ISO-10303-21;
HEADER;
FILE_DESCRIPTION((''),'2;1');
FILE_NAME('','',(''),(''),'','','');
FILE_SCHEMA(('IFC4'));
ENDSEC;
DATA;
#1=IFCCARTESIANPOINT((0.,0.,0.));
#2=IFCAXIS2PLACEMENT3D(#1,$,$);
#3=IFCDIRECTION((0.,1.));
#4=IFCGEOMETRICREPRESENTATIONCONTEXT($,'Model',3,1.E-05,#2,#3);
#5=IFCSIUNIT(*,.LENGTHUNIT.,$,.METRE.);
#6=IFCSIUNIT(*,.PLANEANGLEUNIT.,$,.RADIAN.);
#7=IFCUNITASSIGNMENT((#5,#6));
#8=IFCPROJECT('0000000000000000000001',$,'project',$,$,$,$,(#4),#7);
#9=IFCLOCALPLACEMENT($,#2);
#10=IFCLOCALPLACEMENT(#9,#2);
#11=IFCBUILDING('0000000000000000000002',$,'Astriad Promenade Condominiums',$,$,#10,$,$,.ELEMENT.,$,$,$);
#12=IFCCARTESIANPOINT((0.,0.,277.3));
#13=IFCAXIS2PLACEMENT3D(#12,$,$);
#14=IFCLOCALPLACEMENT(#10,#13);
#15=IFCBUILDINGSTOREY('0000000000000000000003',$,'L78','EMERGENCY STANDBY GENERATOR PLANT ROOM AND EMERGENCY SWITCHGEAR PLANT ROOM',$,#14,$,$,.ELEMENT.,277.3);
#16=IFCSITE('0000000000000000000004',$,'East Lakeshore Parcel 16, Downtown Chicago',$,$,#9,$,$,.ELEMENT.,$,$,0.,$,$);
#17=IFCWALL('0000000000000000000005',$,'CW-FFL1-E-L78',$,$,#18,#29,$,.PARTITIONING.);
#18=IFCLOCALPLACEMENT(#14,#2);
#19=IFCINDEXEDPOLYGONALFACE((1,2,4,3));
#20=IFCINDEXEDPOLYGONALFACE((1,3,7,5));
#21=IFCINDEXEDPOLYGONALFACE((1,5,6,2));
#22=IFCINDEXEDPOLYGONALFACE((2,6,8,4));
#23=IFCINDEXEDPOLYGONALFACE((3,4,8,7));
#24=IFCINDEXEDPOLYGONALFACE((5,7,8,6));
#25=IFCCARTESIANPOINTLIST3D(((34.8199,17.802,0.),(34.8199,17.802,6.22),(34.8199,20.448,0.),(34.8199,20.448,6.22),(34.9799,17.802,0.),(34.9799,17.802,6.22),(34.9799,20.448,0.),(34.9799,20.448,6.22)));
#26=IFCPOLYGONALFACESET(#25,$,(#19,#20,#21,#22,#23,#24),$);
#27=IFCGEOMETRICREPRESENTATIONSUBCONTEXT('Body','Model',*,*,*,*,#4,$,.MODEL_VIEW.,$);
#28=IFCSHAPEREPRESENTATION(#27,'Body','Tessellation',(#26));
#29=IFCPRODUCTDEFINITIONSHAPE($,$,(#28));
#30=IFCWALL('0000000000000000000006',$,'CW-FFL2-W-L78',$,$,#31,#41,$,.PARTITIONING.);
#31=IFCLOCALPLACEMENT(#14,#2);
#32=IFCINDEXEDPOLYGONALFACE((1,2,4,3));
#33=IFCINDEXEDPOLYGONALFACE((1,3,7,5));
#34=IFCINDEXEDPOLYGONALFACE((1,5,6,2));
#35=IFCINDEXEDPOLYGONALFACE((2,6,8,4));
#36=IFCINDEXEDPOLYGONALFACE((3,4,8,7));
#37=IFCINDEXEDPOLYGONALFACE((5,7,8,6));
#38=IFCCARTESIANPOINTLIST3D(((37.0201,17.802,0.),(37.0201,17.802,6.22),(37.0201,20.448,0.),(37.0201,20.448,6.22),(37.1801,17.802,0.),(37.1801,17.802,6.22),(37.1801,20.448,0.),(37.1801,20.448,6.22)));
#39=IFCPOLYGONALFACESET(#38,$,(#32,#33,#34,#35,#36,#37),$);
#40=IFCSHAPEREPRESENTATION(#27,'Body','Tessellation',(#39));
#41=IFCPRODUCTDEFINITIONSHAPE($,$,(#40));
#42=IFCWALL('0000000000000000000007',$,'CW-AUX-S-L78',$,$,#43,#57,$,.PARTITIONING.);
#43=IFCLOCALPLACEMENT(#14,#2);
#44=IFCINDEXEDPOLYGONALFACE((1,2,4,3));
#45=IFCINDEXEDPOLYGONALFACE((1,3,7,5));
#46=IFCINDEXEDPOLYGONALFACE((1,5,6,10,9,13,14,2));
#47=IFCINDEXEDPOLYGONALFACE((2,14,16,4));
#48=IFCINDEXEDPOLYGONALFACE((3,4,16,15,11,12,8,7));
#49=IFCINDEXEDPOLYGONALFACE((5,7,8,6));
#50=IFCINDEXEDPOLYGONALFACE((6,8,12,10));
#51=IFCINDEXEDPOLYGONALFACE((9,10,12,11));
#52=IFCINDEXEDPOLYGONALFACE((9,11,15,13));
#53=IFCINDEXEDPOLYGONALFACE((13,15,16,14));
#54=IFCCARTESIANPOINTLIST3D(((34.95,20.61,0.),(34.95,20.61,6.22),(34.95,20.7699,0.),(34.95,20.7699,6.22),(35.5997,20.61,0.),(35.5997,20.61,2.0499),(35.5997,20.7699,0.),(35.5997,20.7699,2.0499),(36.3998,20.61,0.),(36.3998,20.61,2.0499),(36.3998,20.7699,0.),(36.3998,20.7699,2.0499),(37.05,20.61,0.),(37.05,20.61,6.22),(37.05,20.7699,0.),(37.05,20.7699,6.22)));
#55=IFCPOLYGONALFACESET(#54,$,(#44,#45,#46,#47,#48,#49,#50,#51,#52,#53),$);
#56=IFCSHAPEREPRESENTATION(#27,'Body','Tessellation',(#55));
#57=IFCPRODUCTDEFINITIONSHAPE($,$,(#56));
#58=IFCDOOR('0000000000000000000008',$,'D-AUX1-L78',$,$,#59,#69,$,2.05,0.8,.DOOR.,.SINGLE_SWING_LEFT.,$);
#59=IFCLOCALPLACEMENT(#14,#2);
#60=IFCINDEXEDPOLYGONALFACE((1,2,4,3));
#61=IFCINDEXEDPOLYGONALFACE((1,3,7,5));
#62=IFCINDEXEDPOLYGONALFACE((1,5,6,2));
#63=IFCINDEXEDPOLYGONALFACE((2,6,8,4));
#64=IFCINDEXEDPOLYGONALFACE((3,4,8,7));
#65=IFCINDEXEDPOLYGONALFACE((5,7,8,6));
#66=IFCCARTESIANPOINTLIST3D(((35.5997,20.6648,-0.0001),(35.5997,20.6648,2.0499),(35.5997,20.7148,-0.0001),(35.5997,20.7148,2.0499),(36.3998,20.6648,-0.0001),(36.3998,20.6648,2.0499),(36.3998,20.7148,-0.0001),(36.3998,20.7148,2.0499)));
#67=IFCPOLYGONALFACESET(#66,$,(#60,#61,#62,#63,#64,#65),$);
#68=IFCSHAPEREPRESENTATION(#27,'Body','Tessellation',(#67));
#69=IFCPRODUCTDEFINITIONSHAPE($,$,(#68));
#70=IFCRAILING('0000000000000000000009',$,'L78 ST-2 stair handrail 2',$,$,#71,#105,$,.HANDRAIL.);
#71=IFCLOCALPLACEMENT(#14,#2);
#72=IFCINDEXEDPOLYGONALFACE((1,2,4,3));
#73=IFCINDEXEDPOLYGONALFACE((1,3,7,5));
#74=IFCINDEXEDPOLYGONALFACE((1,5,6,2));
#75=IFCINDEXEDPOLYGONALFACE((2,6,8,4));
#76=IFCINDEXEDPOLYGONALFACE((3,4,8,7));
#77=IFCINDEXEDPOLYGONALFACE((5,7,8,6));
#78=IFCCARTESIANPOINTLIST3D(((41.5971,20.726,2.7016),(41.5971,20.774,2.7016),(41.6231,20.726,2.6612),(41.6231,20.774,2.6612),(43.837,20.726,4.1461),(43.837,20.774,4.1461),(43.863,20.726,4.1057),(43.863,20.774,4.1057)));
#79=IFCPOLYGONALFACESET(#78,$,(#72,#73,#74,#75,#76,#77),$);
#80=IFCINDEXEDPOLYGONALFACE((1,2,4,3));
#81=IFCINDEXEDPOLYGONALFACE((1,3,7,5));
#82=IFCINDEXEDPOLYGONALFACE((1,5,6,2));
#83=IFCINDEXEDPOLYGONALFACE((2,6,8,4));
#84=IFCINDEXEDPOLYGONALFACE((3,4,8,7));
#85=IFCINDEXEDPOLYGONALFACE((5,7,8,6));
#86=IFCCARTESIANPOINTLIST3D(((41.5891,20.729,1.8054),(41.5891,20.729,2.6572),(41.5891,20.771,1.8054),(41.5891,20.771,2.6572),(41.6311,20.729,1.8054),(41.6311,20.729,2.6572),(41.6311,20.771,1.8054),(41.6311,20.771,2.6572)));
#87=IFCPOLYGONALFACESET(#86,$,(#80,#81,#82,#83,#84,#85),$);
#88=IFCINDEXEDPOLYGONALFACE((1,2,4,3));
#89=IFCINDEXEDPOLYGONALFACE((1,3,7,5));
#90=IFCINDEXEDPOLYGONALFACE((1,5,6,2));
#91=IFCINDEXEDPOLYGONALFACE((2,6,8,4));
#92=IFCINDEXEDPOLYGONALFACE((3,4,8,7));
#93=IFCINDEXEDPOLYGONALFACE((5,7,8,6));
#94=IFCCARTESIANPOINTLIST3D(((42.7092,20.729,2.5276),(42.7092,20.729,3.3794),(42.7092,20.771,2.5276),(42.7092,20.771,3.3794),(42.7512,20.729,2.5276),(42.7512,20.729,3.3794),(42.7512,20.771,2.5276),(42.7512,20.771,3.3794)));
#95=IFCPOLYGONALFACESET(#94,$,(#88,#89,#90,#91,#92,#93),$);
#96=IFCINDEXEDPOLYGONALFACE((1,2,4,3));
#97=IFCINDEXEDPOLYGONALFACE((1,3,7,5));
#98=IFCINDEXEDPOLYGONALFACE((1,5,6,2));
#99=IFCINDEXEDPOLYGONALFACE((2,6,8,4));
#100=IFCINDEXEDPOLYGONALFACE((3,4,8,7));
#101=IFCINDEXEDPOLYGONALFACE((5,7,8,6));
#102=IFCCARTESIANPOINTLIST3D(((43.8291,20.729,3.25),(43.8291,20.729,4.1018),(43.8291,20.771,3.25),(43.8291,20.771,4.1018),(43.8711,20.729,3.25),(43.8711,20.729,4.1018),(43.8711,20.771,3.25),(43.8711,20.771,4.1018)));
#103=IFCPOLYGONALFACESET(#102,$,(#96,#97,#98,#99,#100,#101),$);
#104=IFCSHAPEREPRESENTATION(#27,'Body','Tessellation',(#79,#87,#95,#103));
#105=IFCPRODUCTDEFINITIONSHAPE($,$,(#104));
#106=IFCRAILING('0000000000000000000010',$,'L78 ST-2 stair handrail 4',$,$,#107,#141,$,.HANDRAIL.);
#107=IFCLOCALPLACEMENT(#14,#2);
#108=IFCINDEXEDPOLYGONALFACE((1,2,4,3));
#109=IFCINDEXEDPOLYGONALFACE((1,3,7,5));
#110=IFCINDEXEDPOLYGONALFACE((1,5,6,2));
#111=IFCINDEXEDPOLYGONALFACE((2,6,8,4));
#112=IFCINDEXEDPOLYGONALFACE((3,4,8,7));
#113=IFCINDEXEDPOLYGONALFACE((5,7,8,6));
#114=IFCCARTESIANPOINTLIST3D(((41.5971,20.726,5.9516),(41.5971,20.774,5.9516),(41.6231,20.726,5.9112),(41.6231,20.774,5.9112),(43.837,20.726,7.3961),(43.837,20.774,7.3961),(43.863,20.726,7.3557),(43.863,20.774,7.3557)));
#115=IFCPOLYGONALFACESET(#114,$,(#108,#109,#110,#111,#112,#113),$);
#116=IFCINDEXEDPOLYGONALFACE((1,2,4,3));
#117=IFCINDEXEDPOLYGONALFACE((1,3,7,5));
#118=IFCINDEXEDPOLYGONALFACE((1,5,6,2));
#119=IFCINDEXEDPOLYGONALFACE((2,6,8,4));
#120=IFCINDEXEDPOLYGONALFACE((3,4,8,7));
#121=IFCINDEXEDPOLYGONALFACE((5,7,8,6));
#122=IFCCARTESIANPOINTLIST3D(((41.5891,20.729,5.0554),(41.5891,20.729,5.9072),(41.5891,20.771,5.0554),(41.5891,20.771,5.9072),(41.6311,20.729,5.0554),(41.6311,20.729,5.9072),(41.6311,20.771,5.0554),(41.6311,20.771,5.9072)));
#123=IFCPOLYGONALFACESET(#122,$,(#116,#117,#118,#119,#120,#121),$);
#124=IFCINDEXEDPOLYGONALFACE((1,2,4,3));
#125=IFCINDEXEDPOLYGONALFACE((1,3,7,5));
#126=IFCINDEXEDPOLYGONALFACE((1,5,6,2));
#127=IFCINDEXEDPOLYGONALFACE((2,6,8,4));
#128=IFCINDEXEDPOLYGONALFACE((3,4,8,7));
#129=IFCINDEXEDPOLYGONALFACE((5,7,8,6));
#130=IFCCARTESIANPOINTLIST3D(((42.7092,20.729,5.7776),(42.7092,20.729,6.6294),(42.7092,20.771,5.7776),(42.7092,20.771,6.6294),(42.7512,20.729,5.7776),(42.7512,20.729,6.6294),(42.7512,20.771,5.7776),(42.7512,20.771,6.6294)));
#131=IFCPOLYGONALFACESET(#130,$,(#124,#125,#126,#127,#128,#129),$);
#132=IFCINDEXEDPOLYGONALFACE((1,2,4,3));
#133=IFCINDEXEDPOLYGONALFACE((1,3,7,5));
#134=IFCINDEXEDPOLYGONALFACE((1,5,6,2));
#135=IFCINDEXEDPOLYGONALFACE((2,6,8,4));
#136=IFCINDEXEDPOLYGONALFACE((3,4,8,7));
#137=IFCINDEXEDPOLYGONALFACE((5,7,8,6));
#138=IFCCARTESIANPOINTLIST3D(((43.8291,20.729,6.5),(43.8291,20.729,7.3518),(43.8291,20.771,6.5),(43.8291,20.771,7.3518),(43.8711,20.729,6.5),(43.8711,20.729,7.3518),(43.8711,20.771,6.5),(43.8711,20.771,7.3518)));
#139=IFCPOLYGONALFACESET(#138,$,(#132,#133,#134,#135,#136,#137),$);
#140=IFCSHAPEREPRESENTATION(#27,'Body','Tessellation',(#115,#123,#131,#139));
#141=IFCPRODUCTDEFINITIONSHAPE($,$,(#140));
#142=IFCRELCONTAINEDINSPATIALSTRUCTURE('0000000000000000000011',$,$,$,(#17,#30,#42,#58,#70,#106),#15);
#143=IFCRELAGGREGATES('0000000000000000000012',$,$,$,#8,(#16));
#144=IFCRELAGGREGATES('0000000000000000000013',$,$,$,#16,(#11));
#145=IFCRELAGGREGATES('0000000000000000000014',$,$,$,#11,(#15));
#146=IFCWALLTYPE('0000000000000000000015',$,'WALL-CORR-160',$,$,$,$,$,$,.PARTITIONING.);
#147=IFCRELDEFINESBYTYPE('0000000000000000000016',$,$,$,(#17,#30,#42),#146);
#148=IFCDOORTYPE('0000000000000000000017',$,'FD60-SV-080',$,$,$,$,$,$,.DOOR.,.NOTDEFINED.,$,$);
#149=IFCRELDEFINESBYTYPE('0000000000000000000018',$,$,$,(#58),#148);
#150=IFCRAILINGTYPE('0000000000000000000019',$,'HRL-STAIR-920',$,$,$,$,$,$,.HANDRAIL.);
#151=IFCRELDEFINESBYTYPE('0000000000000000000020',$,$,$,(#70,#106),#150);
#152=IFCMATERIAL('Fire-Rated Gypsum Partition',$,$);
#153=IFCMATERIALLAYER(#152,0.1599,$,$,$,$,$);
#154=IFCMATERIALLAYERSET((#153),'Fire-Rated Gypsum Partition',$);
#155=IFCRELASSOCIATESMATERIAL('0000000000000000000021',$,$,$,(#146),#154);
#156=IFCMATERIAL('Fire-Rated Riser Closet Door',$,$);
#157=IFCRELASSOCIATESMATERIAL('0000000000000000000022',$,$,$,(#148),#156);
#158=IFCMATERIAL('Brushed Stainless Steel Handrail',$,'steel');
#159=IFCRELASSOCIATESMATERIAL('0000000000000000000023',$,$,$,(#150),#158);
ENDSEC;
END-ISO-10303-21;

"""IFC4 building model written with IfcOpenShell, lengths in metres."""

from ifc_helpers import new_model, si_unit, direction, frame, frame_2d, origin, origin_2d, place, context, subcontext, project, spatial, rectangle, extrude, source, transform, mapped, material, layer, layer_set, type_object, type_shapes, element, fill, save


model = new_model("IFC4")

# Units and contexts
model_context = context("Model", 3, precision=1e-05, world=origin(), true_north=direction((0.0, 1.0)))
body_context = subcontext(model_context, "Body", "Model", "MODEL_VIEW")
ifc_project = project(units=[si_unit("LENGTHUNIT", "METRE"), si_unit("PLANEANGLEUNIT", "RADIAN")], contexts=[model_context])

# Site, building, storey
site_placement = place(None, origin())
site = spatial("IfcSite", under=ifc_project, at=site_placement, Name="East Lakeshore Parcel 16, Downtown Chicago", CompositionType="ELEMENT", RefElevation=0.0)
building_placement = place(site_placement, origin())
building = spatial("IfcBuilding", under=site, at=building_placement, Name="Astriad Promenade Condominiums", CompositionType="ELEMENT")
storey_placement = place(building_placement, frame((0.0, 0.0, 277.3)))
storey = spatial("IfcBuildingStorey", under=building, at=storey_placement, Name="L78", Description="EMERGENCY STANDBY GENERATOR PLANT ROOM AND EMERGENCY SWITCHGEAR PLANT ROOM", CompositionType="ELEMENT", Elevation=277.3)

# Walls
ifc_material_1 = material(Name="Fire-Rated Gypsum Partition")
ifc_layer_1 = layer(ifc_material_1, 0.1599)
ifc_layer_set_1 = layer_set([ifc_layer_1], Name="Fire-Rated Gypsum Partition")
wall_type_1 = type_object("IfcWallType", Name="WALL-CORR-160", PredefinedType="PARTITIONING", material=ifc_layer_set_1)
for number, where, z_axis, x_axis, name in (
    (1, (34.8999, 17.802, 0.0), (0.0, 0.0, 1.0), (0.0, 1.0, 0.0), "CW-FFL1-E-L78"),
    (2, (37.1001, 17.802, 0.0), (0.0, 0.0, 1.0), (0.0, 1.0, 0.0), "CW-FFL2-W-L78"),
):
    element("IfcWall", number, at=place(storey_placement, frame(where, z_axis=z_axis, x_axis=x_axis)), inside=storey, type_object=wall_type_1, Name=name, PredefinedType="PARTITIONING", context=body_context, shape_type="SweptSolid", body=[
        extrude(rectangle(XDim=2.646, YDim=0.1599, at=frame_2d((1.323, 0.0))), origin(), (0.0, 0.0, 1.0), 6.22),
    ])

# Wall, opening, door
wall_1_placement = place(storey_placement, frame((34.95, 20.6899, 0.0), z_axis=(0.0, 0.0, 1.0), x_axis=(1.0, 0.0, 0.0)))
wall_1 = element("IfcWall", 3, at=wall_1_placement, inside=storey, type_object=wall_type_1, Name="CW-AUX-S-L78", PredefinedType="PARTITIONING", context=body_context, shape_type="SweptSolid", body=[
    extrude(rectangle(XDim=2.1001, YDim=0.1599, at=frame_2d((1.05, 0.0))), origin(), (0.0, 0.0, 1.0), 6.22),
])
opening_1_placement = place(wall_1_placement, frame((0.6499, 0.0, 0.0)))
opening_1 = element("IfcOpeningElement", 4, at=opening_1_placement, cuts=wall_1, PredefinedType="OPENING", context=body_context, shape_type="SweptSolid", body=[
    extrude(rectangle(XDim=0.8, YDim=2.05, at=frame_2d((0.3999, 1.0249))), frame((0.0, 0.0898, 0.0), z_axis=(0.0, -1.0, 0.0), x_axis=(1.0, 0.0, 0.0)), (0.0, 0.0, 1.0), 0.1799),
])
ifc_material_2 = material(Name="Fire-Rated Riser Closet Door")
door_type_1 = type_object("IfcDoorType", Name="FD60-SV-080", OperationType="NOTDEFINED", PredefinedType="DOOR", material=ifc_material_2)
shared_shape_1 = source(origin(), body_context, "Body", "SweptSolid", [
    extrude(rectangle(XDim=0.8, YDim=2.05, at=frame_2d((0.3999, 1.0249))), frame((0.0, 0.0249, 0.0), z_axis=(0.0, -1.0, 0.0), x_axis=(1.0, 0.0, 0.0)), (0.0, 0.0, 1.0), 0.05),
])
type_shapes(door_type_1, [shared_shape_1])
door_1_placement = place(opening_1_placement, origin())
door_1 = element("IfcDoor", 5, at=door_1_placement, inside=storey, type_object=door_type_1, Name="D-AUX1-L78", OperationType="SINGLE_SWING_LEFT", OverallHeight=2.05, OverallWidth=0.8, PredefinedType="DOOR", context=body_context, shape_type="MappedRepresentation", body=[
    mapped(shared_shape_1, transform((0.0, 0.0, 0.0), scale=1.0)),
])
fill(opening_1, door_1)

# Railings
ifc_material_3 = material(Name="Brushed Stainless Steel Handrail", Category="steel")
railing_type = type_object("IfcRailingType", Name="HRL-STAIR-920", PredefinedType="HANDRAIL", material=ifc_material_3)
shared_shape_2 = source(origin(), body_context, "Body", "SweptSolid", [
    extrude(rectangle(XDim=0.0481, YDim=0.0481, at=origin_2d()), frame((0.0, 0.0, 0.876), z_axis=(0.840395, 0.0, 0.541975), x_axis=(0.0, 1.0, 0.0)), (0.0, 0.0, 1.0), 2.6653),
    extrude(rectangle(XDim=0.042, YDim=0.042, at=origin_2d()), origin(), (0.0, 0.0, 1.0), 0.8518),
    extrude(rectangle(XDim=0.042, YDim=0.042, at=origin_2d()), frame((1.1201, 0.0, 0.7222)), (0.0, 0.0, 1.0), 0.8518),
    extrude(rectangle(XDim=0.042, YDim=0.042, at=origin_2d()), frame((2.24, 0.0, 1.4446)), (0.0, 0.0, 1.0), 0.8518),
])
type_shapes(railing_type, [shared_shape_2])
for number, where, name in (
    (6, (41.6101, 20.75, 1.8054), "L78 ST-2 stair handrail 2"),
    (7, (41.6101, 20.75, 5.0554), "L78 ST-2 stair handrail 4"),
):
    element("IfcRailing", number, at=place(storey_placement, frame(where)), inside=storey, type_object=railing_type, Name=name, PredefinedType="HANDRAIL", context=body_context, shape_type="MappedRepresentation", body=[
        mapped(shared_shape_2, transform((0.0, 0.0, 0.0), scale=1.0)),
    ])

save(model, "model.ifc")
